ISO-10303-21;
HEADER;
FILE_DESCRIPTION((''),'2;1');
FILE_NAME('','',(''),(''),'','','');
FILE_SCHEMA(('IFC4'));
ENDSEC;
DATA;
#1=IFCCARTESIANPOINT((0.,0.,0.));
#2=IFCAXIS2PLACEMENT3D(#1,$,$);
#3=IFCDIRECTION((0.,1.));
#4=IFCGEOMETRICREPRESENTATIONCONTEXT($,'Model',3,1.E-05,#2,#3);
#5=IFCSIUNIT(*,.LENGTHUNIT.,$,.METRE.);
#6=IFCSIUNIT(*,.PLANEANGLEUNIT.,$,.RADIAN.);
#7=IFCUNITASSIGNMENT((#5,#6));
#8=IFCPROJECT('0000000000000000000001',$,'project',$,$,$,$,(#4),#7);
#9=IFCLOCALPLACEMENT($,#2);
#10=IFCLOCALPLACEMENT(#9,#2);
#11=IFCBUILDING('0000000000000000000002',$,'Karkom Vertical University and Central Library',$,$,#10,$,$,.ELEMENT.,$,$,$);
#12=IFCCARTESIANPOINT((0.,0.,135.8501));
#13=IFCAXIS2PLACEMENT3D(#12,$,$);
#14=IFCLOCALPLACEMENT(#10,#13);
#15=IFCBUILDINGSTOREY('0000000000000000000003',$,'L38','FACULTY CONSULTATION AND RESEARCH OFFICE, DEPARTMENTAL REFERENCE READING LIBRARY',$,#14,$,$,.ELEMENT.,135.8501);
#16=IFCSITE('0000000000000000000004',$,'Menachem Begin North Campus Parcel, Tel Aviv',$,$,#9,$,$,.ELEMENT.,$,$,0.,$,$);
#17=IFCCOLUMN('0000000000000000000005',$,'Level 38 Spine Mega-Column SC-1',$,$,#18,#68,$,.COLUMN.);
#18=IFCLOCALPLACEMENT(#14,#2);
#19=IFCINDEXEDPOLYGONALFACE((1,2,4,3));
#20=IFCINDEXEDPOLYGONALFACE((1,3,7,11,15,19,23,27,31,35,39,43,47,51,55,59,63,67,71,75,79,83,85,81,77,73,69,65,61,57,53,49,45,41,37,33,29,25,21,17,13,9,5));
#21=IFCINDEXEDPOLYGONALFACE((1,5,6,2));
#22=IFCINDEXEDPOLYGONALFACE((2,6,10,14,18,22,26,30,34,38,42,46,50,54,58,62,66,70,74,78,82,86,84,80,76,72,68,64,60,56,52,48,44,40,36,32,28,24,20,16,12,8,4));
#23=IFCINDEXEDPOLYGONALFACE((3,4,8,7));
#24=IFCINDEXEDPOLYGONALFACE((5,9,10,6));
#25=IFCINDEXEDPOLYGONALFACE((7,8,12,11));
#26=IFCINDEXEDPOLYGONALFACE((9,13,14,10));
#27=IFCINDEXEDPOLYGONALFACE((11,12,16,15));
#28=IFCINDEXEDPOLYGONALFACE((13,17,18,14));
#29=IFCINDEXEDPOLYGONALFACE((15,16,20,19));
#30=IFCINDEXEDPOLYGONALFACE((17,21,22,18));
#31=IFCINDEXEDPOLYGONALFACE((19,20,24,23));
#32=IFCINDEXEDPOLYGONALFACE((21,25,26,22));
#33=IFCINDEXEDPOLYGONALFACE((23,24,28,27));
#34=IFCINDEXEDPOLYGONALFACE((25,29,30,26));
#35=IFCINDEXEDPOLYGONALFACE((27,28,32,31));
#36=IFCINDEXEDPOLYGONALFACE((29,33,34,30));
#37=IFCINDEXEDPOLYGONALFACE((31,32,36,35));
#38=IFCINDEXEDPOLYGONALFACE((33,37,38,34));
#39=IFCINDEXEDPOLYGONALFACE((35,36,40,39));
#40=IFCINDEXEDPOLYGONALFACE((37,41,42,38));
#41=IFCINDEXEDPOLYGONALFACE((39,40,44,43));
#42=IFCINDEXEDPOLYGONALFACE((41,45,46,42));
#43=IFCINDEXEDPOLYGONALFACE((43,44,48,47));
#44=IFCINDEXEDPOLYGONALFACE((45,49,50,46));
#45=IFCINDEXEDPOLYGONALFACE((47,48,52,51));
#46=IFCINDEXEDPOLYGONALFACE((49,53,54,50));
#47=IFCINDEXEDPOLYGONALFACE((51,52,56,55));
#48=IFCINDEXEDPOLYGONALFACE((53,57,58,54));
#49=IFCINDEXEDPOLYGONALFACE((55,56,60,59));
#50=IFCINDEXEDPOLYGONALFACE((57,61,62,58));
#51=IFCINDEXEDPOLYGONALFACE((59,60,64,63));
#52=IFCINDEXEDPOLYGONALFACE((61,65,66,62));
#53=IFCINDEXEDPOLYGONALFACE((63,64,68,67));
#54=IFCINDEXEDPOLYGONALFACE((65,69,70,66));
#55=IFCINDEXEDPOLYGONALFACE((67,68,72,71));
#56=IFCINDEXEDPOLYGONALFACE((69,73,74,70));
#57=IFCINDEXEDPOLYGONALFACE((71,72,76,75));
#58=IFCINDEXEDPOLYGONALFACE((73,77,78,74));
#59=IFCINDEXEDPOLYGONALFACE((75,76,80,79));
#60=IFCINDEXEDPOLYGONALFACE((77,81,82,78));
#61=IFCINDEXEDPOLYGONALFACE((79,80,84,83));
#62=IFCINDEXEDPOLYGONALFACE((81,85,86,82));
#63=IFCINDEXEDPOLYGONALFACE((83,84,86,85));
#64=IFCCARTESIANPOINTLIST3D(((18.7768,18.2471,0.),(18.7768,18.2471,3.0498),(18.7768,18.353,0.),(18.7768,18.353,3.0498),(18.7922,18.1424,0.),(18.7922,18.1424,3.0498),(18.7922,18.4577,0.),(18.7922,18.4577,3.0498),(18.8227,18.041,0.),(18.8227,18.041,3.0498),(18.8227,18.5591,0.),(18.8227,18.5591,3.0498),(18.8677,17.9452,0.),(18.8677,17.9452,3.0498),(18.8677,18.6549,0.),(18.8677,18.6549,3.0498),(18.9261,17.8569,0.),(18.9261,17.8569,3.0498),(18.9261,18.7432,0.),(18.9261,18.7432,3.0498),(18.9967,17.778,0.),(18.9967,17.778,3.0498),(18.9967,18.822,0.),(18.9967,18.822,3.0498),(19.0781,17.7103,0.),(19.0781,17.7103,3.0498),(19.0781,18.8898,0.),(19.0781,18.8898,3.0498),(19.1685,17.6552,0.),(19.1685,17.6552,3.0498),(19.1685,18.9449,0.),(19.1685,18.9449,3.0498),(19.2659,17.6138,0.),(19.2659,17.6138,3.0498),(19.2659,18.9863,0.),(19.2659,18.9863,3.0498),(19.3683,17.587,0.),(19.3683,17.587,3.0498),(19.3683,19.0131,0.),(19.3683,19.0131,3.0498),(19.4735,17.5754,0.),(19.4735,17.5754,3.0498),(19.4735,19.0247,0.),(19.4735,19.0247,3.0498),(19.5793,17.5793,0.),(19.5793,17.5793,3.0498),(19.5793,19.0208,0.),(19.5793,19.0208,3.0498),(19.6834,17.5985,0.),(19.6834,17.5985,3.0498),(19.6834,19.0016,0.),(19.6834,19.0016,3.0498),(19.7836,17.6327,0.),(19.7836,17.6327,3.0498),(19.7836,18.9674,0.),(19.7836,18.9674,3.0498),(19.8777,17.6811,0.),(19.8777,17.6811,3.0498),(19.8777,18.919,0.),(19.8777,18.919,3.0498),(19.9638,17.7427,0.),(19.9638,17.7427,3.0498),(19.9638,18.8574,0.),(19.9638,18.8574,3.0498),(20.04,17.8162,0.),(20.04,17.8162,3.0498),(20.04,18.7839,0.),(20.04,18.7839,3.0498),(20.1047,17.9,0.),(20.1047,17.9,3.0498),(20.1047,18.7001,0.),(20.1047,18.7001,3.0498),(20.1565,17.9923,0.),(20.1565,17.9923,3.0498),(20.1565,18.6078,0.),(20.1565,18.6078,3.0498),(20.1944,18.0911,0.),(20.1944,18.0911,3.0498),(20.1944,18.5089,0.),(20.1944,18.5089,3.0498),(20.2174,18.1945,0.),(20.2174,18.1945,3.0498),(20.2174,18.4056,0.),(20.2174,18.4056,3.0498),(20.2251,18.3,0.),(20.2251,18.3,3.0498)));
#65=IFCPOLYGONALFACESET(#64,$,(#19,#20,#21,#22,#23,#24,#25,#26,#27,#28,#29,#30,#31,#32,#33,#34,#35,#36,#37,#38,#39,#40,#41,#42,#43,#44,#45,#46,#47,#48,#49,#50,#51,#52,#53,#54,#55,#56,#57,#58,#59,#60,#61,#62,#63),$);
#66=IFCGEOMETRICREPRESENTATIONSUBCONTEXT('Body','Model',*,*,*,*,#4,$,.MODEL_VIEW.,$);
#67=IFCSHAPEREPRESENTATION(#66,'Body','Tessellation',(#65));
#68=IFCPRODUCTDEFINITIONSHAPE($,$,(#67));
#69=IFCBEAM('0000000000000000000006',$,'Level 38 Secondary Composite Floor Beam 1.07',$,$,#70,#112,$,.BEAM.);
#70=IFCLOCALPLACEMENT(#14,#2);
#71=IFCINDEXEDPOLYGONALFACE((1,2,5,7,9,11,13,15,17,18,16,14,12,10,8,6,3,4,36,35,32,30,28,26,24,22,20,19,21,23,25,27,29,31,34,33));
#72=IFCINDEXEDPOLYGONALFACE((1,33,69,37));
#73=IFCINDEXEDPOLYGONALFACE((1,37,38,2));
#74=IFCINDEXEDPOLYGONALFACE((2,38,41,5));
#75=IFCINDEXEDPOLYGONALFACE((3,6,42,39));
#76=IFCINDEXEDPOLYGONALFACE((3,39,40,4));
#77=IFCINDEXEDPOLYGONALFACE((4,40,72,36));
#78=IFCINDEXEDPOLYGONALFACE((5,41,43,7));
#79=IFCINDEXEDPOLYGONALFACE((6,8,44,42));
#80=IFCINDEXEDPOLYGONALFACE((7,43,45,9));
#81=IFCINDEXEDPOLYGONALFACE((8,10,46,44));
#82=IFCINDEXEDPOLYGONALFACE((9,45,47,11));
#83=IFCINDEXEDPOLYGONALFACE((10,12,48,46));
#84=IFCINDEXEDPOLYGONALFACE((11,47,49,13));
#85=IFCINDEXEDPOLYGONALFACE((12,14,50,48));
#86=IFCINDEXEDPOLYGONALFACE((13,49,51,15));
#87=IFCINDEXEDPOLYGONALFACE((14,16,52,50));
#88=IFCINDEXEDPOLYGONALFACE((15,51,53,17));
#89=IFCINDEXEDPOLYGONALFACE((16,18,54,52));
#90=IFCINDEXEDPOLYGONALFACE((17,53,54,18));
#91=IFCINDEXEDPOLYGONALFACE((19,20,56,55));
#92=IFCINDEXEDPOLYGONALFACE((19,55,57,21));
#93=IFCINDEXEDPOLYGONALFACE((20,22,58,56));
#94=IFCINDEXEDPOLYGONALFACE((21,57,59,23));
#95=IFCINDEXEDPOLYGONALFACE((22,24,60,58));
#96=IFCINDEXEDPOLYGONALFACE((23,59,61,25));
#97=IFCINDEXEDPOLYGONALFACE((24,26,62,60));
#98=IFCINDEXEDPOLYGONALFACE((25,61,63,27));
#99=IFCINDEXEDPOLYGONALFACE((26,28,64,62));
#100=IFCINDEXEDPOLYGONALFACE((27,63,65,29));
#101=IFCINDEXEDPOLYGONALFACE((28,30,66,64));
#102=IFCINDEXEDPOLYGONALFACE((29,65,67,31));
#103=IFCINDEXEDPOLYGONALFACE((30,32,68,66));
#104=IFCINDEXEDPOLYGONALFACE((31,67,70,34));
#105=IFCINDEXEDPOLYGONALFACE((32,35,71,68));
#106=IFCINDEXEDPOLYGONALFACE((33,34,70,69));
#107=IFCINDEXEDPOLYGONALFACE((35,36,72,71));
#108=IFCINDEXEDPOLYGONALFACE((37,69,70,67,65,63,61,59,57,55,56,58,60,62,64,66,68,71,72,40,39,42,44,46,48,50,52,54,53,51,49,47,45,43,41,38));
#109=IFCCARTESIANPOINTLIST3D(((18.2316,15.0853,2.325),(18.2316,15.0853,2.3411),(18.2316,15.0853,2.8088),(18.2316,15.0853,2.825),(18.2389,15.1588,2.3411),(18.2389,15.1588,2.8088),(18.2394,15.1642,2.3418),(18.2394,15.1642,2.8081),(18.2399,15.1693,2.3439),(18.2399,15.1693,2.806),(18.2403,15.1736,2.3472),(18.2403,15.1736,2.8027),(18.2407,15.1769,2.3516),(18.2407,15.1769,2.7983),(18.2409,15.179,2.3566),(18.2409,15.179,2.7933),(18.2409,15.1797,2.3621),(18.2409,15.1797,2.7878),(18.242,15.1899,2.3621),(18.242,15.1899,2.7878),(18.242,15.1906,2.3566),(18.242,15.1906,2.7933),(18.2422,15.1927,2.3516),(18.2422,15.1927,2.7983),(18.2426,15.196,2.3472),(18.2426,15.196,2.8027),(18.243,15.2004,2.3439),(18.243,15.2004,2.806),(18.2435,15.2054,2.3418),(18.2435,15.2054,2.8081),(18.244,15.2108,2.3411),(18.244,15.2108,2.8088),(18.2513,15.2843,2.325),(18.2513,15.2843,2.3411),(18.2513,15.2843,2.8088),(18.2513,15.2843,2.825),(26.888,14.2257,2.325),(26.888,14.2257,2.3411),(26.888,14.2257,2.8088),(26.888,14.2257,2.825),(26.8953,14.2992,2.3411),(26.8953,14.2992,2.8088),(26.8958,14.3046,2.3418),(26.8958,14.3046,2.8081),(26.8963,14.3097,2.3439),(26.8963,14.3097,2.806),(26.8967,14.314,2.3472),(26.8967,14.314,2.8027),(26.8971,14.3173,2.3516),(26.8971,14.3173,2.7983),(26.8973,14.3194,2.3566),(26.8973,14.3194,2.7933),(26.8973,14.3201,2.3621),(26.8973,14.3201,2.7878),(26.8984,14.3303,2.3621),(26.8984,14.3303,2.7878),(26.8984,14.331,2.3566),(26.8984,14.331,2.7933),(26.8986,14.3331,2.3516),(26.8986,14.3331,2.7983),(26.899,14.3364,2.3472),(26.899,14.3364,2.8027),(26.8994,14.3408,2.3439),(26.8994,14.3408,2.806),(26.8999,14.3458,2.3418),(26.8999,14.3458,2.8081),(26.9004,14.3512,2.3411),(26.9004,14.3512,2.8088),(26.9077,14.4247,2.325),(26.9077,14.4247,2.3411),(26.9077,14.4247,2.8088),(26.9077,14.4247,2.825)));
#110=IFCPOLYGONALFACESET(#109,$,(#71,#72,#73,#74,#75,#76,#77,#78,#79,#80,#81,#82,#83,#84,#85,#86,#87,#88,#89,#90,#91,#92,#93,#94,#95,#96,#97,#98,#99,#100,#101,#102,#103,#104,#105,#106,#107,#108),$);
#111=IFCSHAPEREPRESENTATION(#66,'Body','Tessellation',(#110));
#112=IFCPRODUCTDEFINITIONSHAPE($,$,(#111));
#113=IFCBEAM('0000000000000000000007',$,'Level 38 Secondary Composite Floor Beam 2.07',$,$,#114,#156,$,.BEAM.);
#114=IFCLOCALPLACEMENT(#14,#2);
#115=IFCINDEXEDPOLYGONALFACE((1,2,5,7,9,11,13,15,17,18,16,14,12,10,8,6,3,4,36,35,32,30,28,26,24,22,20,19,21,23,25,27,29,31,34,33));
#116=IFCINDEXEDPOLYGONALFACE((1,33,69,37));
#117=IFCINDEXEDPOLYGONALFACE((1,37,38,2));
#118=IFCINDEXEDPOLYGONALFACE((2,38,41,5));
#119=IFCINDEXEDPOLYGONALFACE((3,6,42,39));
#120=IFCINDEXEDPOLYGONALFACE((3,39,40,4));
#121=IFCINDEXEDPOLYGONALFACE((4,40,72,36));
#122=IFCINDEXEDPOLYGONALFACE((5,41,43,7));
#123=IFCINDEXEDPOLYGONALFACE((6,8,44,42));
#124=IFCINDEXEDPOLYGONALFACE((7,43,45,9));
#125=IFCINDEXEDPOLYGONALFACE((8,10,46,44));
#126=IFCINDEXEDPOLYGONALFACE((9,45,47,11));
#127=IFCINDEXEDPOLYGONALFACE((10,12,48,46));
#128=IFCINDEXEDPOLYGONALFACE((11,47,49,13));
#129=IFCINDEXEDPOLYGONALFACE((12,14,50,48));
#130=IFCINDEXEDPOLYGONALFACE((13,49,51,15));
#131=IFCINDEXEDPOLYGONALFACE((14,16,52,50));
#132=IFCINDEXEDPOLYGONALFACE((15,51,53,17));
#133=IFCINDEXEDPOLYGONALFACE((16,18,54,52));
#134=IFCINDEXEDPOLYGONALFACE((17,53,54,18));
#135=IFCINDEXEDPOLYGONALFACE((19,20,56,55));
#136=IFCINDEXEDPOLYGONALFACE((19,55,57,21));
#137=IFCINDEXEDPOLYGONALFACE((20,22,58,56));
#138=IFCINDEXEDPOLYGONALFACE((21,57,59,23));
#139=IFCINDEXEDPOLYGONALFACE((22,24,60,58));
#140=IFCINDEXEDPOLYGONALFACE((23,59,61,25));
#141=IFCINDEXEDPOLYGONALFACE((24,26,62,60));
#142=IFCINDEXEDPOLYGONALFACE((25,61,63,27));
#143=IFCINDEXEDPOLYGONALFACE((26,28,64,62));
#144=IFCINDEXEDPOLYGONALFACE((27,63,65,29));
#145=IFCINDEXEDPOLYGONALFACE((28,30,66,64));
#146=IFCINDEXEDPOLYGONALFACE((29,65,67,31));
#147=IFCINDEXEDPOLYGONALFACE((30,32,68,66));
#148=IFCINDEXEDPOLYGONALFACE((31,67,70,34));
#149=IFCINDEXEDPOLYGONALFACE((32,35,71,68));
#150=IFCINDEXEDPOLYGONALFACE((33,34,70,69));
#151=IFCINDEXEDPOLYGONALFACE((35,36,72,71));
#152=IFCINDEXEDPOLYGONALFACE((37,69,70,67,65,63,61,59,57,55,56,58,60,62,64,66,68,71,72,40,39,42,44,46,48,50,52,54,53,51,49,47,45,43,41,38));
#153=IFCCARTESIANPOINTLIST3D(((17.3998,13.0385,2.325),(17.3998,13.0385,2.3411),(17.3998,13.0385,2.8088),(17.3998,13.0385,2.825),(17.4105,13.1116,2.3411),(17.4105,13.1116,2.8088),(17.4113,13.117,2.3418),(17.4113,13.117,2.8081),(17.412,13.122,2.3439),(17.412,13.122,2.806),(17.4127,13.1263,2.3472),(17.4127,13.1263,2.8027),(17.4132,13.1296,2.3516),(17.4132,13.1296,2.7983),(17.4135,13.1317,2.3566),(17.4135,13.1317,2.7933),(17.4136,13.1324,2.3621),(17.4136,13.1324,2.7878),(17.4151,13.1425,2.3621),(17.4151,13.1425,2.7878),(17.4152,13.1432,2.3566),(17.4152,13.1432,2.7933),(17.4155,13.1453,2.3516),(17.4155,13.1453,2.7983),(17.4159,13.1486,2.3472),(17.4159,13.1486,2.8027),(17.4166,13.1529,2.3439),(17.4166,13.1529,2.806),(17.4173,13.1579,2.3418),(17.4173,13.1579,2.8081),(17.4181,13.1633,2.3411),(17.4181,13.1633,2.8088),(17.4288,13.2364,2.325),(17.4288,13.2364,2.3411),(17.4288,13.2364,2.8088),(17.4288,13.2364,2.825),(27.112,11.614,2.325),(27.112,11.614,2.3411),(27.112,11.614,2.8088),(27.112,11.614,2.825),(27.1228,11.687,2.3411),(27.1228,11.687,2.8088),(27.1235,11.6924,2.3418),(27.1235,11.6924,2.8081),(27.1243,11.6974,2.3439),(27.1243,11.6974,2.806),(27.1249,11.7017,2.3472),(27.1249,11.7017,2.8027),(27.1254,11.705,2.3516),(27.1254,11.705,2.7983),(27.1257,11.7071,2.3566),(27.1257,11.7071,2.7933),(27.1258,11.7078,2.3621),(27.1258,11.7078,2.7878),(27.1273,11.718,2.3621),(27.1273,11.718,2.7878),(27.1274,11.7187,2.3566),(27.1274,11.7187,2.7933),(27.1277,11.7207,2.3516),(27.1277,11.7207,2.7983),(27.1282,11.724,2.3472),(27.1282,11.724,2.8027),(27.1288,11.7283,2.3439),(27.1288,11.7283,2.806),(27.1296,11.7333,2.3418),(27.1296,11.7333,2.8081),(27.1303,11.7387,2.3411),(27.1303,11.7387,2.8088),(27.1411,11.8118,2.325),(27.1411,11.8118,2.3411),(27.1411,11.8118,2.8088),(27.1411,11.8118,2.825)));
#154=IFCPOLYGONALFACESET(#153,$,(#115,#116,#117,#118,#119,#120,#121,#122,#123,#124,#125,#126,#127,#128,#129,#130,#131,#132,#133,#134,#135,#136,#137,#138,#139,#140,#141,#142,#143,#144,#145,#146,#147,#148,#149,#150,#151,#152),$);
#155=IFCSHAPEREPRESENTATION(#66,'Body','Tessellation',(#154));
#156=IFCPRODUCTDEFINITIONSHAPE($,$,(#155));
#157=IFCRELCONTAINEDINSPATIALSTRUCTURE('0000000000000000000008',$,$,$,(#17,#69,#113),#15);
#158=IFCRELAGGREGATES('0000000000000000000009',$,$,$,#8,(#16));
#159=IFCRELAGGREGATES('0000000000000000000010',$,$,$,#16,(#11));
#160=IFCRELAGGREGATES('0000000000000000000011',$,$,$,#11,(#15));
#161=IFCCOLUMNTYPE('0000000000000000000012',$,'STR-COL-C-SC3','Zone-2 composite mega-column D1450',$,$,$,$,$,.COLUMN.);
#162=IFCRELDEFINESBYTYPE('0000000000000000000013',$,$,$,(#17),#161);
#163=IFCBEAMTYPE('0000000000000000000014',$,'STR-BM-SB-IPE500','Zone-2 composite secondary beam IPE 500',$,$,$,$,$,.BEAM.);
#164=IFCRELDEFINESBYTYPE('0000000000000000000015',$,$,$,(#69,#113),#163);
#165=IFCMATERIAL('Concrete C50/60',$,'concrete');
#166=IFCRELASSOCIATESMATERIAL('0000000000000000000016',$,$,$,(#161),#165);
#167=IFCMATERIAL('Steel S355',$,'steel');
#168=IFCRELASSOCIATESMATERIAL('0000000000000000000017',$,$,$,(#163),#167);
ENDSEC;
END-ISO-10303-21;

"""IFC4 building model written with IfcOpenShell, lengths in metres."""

from ifc_helpers import new_model, si_unit, direction, frame, origin, origin_with_axes, origin_2d, place, context, subcontext, project, spatial, circle, i_section, extrude, source, transform, mapped, material, material_profile, profile_set, type_object, element, save


model = new_model("IFC4")

# Units and contexts
model_context = context("Model", 3, precision=1e-05, world=origin(), true_north=direction((0.0, 1.0)))
body_context = subcontext(model_context, "Body", "Model", "MODEL_VIEW")
ifc_project = project(units=[si_unit("LENGTHUNIT", "METRE"), si_unit("PLANEANGLEUNIT", "RADIAN")], contexts=[model_context])

# Site, building, storey
site_placement = place(None, origin())
site = spatial("IfcSite", under=ifc_project, at=site_placement, Name="Menachem Begin North Campus Parcel, Tel Aviv", CompositionType="ELEMENT", RefElevation=0.0)
building_placement = place(site_placement, origin())
building = spatial("IfcBuilding", under=site, at=building_placement, Name="Karkom Vertical University and Central Library", CompositionType="ELEMENT")
storey_placement = place(building_placement, frame((0.0, 0.0, 135.8501)))
storey = spatial("IfcBuildingStorey", under=building, at=storey_placement, Name="L38", Description="FACULTY CONSULTATION AND RESEARCH OFFICE, DEPARTMENTAL REFERENCE READING LIBRARY", CompositionType="ELEMENT", Elevation=135.8501)

# Column
ifc_material_1 = material(Name="Concrete C50/60", Category="concrete")
ifc_material_profile_1 = material_profile(ifc_material_1, circle(Radius=0.7251, at=origin_2d()), Name="CFT-D1450")
ifc_profile_set_1 = profile_set([ifc_material_profile_1], Name="Concrete C50/60")
column_type = type_object("IfcColumnType", Name="STR-COL-C-SC3", Description="Zone-2 composite mega-column D1450", PredefinedType="COLUMN", material=ifc_profile_set_1)
shared_shape_1 = source(origin_with_axes(), body_context, "Body", "SweptSolid", [
    extrude(circle(Radius=0.7251, at=origin_2d()), origin(), (0.0, 0.0, 1.0), 3.0498),
])
column_placement = place(storey_placement, frame((19.5, 18.3, 0.0), z_axis=(0.0, 0.0, 1.0), x_axis=(1.0, 0.0, 0.0)))
element("IfcColumn", 1, at=column_placement, inside=storey, type_object=column_type, Name="Level 38 Spine Mega-Column SC-1", PredefinedType="COLUMN", context=body_context, shape_type="MappedRepresentation", body=[
    mapped(shared_shape_1, transform((0.0, 0.0, 0.0), scale=1.0)),
])

# Beams
ifc_material_2 = material(Name="Steel S355", Category="steel")
ifc_material_profile_2 = material_profile(ifc_material_2, i_section(OverallWidth=0.2, OverallDepth=0.5, WebThickness=0.0103, FlangeThickness=0.0161, FilletRadius=0.021, at=origin_2d()), Name="IPE 500")
ifc_profile_set_2 = profile_set([ifc_material_profile_2], Name="Steel S355")
beam_type_1 = type_object("IfcBeamType", Name="STR-BM-SB-IPE500", Description="Zone-2 composite secondary beam IPE 500", PredefinedType="BEAM", material=ifc_profile_set_2)
shared_shape_2 = source(origin_with_axes(), body_context, "Body", "SweptSolid", [
    extrude(i_section(OverallWidth=0.2, OverallDepth=0.5, WebThickness=0.0103, FlangeThickness=0.0161, FilletRadius=0.021, at=origin_2d()), origin(), (0.0, 0.0, 1.0), 8.699),
])
beam_1_placement = place(storey_placement, frame((18.2415, 15.1848, 2.575), z_axis=(0.995106, -0.098817, 0.0), x_axis=(0.098817, 0.995106, 0.0)))
element("IfcBeam", 2, at=beam_1_placement, inside=storey, type_object=beam_type_1, Name="Level 38 Secondary Composite Floor Beam 1.07", PredefinedType="BEAM", context=body_context, shape_type="MappedRepresentation", body=[
    mapped(shared_shape_2, transform((0.0, 0.0, 0.0), scale=1.0)),
])
shared_shape_3 = source(origin_with_axes(), body_context, "Body", "SweptSolid", [
    extrude(i_section(OverallWidth=0.2, OverallDepth=0.5, WebThickness=0.0103, FlangeThickness=0.0161, FilletRadius=0.021, at=origin_2d()), origin(), (0.0, 0.0, 1.0), 9.8162),
])
beam_2_placement = place(storey_placement, frame((17.4143, 13.1375, 2.575), z_axis=(0.989413, -0.145125, 0.0), x_axis=(0.145125, 0.989413, 0.0)))
element("IfcBeam", 3, at=beam_2_placement, inside=storey, type_object=beam_type_1, Name="Level 38 Secondary Composite Floor Beam 2.07", PredefinedType="BEAM", context=body_context, shape_type="MappedRepresentation", body=[
    mapped(shared_shape_3, transform((0.0, 0.0, 0.0), scale=1.0)),
])

save(model, "model.ifc")
